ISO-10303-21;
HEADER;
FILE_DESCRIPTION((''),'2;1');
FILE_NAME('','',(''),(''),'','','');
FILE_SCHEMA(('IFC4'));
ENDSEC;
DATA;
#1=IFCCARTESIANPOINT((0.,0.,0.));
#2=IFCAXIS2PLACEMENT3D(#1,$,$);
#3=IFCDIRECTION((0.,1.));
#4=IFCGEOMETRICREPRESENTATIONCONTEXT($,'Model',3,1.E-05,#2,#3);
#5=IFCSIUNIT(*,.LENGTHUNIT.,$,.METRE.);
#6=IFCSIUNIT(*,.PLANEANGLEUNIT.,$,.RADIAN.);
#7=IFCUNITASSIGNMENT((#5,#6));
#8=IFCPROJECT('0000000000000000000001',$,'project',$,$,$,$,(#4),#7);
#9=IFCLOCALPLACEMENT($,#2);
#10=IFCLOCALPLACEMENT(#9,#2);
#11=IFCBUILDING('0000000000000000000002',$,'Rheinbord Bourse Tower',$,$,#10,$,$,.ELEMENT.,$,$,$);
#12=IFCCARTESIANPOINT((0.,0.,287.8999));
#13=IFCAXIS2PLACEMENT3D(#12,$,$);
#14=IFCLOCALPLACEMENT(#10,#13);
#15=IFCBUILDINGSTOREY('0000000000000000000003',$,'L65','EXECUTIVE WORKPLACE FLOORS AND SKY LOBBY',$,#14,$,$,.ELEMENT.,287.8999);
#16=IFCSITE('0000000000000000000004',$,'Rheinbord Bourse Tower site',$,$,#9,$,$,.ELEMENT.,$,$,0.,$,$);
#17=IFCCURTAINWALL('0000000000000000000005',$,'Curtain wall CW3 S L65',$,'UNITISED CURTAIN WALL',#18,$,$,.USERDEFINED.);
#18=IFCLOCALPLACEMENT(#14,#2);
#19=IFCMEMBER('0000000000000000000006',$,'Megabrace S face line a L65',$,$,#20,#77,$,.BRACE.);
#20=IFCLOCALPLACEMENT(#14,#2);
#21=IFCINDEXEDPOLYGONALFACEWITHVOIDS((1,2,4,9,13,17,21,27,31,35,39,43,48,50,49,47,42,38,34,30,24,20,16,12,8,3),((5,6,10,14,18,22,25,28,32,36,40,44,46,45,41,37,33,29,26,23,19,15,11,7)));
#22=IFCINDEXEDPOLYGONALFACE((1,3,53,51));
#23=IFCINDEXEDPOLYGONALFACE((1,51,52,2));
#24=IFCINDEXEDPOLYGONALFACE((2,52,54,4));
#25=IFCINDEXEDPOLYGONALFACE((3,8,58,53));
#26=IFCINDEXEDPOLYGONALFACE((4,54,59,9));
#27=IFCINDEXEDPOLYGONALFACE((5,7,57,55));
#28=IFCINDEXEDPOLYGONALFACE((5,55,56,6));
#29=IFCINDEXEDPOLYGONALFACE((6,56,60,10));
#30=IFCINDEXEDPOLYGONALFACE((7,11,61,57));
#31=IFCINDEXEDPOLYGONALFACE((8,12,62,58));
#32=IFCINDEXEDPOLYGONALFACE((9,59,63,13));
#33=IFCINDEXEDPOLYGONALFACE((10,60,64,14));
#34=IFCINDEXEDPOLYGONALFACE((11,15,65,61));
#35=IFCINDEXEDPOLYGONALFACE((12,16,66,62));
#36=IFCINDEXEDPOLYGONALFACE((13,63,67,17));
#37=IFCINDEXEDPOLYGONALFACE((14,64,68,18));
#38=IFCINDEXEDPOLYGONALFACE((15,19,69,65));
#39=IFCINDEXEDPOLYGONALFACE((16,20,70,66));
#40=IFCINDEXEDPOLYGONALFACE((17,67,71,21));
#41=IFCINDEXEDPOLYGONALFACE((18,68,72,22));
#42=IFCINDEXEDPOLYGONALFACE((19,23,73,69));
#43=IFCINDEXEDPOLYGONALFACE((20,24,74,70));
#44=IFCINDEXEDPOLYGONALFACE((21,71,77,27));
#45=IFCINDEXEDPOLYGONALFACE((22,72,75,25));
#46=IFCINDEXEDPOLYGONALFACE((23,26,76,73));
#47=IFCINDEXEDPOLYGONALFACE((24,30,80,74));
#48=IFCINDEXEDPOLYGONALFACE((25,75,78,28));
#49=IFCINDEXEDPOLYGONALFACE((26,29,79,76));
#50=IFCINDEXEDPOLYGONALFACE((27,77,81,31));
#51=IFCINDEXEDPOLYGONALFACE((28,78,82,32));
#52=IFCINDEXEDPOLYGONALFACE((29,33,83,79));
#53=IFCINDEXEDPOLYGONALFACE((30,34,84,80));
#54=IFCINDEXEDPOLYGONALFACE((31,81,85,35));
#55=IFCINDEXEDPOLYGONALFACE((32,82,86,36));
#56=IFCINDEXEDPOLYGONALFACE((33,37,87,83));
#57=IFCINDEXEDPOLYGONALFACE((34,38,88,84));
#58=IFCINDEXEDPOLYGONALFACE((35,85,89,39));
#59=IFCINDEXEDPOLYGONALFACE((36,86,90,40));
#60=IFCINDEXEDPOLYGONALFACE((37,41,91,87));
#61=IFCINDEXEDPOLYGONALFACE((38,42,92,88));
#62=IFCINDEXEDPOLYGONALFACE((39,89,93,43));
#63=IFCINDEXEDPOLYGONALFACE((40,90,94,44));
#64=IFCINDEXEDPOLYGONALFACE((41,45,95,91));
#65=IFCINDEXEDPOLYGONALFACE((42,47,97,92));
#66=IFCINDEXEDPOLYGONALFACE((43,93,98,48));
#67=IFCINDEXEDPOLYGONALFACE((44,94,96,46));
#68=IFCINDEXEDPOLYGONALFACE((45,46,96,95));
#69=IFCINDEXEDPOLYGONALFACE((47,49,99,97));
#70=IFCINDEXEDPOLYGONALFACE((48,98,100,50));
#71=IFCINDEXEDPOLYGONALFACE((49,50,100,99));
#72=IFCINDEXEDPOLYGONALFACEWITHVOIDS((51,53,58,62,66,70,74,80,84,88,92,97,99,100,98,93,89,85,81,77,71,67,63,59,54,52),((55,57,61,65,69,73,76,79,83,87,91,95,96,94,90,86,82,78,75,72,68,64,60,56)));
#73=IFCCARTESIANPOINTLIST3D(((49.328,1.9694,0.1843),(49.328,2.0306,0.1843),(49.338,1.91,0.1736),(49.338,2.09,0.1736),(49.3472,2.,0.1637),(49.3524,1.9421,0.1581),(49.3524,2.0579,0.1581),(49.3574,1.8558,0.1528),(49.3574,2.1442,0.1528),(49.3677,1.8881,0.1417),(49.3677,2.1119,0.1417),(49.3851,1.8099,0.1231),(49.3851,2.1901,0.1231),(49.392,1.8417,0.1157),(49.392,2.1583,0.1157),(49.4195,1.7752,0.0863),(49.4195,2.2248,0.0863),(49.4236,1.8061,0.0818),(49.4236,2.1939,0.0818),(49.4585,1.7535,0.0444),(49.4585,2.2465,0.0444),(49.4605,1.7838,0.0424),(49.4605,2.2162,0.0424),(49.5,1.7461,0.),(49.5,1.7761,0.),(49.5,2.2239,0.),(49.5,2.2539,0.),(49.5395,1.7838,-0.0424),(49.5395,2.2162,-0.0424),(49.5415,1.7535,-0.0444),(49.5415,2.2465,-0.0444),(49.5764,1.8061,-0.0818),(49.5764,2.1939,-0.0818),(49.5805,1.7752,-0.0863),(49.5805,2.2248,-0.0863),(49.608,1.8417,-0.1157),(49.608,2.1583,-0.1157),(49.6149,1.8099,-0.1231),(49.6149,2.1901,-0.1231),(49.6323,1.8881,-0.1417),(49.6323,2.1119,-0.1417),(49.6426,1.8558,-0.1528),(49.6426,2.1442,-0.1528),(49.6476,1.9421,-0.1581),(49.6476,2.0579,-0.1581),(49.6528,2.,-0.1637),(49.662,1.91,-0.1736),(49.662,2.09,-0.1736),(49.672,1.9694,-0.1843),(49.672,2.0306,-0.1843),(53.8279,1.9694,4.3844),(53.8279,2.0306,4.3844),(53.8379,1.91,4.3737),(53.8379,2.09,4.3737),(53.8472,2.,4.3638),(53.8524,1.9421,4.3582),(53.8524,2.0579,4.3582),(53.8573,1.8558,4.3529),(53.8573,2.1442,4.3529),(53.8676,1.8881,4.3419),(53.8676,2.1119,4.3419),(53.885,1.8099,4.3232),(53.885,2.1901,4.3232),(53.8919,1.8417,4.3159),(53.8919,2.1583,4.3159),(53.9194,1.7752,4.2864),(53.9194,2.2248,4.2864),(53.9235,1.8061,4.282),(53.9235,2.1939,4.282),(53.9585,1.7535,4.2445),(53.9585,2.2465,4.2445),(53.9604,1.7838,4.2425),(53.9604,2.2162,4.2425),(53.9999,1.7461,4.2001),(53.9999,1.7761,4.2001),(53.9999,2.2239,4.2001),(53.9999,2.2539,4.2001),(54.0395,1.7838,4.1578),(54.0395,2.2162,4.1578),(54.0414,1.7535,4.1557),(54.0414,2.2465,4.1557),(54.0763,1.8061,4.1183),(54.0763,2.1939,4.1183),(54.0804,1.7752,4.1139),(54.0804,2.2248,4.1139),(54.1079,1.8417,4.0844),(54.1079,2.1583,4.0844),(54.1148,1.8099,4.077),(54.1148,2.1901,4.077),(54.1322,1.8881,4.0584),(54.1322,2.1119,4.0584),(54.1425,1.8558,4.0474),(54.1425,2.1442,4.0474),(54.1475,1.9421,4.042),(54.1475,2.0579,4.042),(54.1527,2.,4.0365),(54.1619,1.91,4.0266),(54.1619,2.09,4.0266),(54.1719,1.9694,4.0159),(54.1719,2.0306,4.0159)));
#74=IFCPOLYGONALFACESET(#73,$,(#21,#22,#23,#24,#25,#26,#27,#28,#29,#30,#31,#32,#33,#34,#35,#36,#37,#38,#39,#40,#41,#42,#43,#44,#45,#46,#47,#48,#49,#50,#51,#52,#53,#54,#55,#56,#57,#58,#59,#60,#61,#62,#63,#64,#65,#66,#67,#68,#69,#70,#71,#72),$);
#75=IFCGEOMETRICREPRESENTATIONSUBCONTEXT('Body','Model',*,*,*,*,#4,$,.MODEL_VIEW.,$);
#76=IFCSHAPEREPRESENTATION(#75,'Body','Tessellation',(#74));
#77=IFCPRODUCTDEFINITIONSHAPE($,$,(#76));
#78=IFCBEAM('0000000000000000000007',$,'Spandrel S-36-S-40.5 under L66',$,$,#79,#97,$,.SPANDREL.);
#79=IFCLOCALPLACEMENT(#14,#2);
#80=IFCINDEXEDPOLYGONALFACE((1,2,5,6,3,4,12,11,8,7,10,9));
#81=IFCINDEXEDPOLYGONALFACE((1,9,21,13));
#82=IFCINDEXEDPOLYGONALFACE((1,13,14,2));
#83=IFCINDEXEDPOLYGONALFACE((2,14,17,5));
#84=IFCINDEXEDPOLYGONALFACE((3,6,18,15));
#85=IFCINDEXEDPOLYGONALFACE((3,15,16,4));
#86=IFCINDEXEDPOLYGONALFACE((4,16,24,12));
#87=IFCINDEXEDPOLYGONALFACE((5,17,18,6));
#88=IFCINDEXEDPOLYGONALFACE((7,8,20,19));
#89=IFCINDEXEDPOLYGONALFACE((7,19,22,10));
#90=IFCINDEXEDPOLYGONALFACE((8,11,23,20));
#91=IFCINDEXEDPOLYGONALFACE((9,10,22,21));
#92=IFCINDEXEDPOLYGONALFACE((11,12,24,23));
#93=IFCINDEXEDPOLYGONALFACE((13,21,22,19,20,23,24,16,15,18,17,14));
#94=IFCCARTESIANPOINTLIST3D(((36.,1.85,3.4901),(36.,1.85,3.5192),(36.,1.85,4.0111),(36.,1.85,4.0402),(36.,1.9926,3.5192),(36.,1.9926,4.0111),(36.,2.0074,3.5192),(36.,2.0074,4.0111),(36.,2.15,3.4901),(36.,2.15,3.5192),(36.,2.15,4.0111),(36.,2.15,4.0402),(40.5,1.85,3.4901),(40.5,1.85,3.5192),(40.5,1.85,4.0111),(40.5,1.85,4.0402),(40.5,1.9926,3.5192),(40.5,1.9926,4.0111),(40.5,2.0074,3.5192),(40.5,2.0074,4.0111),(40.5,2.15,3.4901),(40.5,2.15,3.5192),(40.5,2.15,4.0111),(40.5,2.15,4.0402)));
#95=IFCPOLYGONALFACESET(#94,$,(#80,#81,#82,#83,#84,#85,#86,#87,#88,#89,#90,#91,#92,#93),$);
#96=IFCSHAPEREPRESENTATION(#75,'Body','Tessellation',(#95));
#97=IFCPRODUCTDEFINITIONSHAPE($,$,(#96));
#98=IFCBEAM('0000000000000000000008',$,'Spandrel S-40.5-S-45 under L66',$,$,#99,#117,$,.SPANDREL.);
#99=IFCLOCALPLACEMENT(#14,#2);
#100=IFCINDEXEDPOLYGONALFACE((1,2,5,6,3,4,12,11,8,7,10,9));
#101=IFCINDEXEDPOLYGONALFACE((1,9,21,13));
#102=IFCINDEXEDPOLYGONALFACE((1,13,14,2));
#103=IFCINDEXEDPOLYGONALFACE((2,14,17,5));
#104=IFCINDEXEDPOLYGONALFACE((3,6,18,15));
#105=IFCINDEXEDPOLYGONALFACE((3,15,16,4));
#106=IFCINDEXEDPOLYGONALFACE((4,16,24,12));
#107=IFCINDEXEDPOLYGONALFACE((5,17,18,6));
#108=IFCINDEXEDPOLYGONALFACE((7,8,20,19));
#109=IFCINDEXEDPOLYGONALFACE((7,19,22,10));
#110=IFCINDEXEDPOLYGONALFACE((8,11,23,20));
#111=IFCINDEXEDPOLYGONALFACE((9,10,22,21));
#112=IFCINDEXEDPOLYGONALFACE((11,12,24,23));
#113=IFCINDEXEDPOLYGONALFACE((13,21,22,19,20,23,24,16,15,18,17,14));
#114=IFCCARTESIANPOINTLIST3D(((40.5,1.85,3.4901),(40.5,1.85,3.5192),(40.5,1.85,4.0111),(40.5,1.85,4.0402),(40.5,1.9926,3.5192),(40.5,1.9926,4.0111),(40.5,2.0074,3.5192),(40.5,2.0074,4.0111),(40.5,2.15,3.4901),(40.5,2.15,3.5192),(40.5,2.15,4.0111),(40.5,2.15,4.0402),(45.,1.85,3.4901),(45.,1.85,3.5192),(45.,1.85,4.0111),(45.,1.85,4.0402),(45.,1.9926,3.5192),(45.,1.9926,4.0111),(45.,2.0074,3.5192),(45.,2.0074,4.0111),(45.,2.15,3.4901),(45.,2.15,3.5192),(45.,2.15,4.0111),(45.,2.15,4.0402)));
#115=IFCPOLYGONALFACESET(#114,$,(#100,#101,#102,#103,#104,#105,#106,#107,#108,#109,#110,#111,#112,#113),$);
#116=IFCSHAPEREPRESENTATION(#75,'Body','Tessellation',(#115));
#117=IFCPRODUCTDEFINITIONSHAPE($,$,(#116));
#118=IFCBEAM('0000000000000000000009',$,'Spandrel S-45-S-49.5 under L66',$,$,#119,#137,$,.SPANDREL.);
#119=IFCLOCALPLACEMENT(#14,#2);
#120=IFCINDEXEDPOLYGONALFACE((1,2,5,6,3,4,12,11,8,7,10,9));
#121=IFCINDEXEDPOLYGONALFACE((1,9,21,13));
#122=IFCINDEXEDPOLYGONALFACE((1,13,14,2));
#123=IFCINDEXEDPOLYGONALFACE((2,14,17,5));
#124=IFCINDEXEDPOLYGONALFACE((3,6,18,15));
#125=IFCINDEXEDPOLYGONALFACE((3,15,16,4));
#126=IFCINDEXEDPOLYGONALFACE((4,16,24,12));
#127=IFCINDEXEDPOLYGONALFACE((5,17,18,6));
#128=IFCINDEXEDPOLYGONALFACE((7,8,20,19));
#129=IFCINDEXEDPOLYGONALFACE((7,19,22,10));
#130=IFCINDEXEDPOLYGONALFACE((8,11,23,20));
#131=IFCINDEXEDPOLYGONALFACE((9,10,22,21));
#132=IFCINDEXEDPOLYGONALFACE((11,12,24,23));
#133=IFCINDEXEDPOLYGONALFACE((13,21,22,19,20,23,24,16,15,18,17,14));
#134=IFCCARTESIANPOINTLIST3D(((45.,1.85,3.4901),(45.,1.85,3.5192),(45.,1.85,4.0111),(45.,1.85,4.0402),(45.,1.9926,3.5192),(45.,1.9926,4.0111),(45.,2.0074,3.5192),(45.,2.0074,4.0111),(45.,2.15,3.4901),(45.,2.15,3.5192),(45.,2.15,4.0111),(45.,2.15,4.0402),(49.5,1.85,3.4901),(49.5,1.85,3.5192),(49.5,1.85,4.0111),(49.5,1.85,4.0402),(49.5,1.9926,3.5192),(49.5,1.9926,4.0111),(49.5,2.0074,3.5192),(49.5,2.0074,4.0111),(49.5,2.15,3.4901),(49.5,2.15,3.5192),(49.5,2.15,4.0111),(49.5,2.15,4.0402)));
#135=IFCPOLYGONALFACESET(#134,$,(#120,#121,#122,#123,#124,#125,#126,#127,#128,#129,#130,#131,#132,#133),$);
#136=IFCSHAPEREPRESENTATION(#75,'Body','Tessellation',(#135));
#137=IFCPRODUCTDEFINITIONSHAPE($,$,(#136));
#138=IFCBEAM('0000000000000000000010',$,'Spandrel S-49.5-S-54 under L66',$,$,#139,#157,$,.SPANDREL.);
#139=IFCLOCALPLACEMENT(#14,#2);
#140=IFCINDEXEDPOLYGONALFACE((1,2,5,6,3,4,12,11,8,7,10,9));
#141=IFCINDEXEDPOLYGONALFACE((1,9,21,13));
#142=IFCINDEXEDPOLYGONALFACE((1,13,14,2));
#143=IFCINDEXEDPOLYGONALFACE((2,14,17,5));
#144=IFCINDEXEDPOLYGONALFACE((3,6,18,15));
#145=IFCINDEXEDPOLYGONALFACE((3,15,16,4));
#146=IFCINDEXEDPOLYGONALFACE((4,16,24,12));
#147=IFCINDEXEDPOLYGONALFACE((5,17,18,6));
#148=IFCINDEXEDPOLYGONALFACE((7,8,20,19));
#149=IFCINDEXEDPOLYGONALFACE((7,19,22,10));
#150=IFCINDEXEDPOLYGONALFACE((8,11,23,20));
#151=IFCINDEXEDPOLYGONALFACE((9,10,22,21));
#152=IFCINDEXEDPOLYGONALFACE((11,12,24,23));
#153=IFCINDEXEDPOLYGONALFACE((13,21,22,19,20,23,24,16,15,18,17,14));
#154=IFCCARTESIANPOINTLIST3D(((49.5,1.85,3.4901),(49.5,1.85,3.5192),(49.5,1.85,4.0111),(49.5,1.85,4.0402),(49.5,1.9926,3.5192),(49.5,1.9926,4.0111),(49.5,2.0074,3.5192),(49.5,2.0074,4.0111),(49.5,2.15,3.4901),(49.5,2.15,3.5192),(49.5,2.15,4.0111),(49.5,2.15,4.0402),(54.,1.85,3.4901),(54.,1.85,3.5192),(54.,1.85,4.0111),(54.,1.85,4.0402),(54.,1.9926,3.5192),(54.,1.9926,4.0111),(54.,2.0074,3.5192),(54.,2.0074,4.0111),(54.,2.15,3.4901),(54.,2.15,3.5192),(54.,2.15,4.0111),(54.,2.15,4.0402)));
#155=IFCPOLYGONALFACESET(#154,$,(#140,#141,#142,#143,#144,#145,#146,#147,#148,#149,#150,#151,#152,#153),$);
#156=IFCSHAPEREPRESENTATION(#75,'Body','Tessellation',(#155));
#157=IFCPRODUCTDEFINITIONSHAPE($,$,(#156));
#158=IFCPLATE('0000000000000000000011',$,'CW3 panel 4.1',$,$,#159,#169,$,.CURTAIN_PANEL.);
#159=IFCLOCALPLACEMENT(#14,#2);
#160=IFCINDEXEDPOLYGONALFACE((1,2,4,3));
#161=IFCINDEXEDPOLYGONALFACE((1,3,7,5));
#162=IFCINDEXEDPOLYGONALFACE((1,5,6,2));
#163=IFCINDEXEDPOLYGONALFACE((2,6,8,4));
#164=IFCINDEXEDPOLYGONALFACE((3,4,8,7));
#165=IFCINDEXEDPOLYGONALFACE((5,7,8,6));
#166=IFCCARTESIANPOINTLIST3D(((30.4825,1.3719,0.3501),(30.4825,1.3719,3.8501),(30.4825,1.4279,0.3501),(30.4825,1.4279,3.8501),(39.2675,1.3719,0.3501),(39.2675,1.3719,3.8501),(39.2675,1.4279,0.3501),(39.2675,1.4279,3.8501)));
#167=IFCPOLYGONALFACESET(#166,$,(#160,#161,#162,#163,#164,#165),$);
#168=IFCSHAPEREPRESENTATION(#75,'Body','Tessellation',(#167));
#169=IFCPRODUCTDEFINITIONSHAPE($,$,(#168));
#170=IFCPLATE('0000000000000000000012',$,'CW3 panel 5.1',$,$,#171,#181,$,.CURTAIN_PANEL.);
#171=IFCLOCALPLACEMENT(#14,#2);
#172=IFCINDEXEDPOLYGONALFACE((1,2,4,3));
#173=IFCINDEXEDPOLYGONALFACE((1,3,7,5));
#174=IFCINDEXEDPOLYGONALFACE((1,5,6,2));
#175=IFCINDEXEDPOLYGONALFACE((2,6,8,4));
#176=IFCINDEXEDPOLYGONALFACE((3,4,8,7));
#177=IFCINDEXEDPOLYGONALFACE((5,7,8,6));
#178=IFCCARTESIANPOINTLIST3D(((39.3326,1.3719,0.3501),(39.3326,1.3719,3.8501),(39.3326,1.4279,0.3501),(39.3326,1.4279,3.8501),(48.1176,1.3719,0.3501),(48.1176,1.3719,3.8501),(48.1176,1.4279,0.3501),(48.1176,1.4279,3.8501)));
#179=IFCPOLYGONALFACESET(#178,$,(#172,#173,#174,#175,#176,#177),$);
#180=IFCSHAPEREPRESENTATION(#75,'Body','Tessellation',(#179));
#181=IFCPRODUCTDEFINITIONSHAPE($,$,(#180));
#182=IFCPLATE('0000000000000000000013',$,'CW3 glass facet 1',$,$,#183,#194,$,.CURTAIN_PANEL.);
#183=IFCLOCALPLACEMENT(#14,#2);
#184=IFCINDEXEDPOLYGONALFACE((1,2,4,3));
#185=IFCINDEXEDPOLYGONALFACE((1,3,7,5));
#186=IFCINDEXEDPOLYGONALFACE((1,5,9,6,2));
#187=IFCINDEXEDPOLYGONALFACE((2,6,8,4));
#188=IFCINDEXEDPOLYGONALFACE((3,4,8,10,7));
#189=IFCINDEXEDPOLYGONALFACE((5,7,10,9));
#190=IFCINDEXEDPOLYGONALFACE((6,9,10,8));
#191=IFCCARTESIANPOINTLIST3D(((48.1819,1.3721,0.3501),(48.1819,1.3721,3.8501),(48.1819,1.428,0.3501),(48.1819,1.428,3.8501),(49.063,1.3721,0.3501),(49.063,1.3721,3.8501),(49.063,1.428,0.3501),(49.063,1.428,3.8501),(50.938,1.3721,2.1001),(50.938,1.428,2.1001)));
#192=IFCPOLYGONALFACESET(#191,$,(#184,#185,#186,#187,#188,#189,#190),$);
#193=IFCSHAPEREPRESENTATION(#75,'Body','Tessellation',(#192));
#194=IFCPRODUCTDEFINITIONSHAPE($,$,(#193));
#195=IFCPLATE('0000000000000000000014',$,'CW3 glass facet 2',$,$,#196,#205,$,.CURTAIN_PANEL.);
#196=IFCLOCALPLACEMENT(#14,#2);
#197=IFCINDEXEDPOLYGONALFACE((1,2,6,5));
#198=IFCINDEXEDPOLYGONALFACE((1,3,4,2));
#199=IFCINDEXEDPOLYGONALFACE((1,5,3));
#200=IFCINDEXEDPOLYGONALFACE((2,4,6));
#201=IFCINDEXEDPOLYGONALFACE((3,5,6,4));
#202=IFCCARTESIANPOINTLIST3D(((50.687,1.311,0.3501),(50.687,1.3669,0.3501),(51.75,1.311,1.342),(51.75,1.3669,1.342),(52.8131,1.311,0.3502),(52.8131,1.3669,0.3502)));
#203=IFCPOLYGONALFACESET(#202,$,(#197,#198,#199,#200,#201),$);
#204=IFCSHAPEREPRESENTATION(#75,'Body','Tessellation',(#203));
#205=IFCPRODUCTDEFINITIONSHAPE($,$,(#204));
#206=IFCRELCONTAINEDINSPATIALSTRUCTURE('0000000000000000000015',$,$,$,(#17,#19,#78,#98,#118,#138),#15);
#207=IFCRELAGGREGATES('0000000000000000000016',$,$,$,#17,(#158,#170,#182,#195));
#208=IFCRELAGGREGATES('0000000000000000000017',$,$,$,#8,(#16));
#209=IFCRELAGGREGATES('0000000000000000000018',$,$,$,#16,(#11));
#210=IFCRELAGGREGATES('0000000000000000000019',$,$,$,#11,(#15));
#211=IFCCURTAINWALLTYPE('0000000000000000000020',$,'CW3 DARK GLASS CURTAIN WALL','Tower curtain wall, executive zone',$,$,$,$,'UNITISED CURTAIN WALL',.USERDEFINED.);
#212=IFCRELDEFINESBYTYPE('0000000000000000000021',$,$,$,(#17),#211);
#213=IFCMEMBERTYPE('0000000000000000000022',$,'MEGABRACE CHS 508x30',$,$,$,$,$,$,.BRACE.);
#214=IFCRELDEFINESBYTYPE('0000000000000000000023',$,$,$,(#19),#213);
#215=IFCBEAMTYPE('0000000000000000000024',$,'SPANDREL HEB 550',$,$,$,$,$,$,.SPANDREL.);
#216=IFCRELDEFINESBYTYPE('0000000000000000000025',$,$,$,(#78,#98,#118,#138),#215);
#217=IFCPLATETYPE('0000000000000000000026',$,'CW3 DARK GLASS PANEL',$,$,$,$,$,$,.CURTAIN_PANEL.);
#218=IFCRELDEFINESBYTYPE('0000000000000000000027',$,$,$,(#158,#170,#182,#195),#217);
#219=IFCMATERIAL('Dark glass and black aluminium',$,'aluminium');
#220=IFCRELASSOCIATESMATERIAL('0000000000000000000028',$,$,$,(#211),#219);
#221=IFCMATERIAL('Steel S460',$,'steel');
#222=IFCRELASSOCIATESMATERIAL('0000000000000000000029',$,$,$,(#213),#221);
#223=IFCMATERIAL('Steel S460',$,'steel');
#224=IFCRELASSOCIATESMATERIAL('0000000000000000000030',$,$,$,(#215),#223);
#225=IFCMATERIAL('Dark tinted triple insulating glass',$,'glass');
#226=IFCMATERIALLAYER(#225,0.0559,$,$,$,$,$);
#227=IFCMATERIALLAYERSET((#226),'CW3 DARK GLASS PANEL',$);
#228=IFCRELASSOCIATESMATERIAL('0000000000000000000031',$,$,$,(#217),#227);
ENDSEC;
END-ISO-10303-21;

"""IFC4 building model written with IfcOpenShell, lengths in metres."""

from ifc_helpers import new_model, si_unit, direction, frame, origin, origin_2d, place, context, subcontext, project, spatial, polyline, rectangle, hollow_circle, i_section, outline, extrude, material, layer, layer_set, material_profile, profile_set, type_object, element, aggregate, save


model = new_model("IFC4")

# Units and contexts
model_context = context("Model", 3, precision=1e-05, world=origin(), true_north=direction((0.0, 1.0)))
body_context = subcontext(model_context, "Body", "Model", "MODEL_VIEW")
ifc_project = project(units=[si_unit("LENGTHUNIT", "METRE"), si_unit("PLANEANGLEUNIT", "RADIAN")], contexts=[model_context])

# Site, building, storey
site_placement = place(None, origin())
site = spatial("IfcSite", under=ifc_project, at=site_placement, Name="Rheinbord Bourse Tower site", CompositionType="ELEMENT", RefElevation=0.0)
building_placement = place(site_placement, origin())
building = spatial("IfcBuilding", under=site, at=building_placement, Name="Rheinbord Bourse Tower", CompositionType="ELEMENT")
storey_placement = place(building_placement, frame((0.0, 0.0, 287.8999)))
storey = spatial("IfcBuildingStorey", under=building, at=storey_placement, Name="L65", Description="EXECUTIVE WORKPLACE FLOORS AND SKY LOBBY", CompositionType="ELEMENT", Elevation=287.8999)

# Curtain wall
ifc_material_1 = material(Name="Dark glass and black aluminium", Category="aluminium")
curtain_wall_type = type_object("IfcCurtainWallType", Name="CW3 DARK GLASS CURTAIN WALL", Description="Tower curtain wall, executive zone", ElementType="UNITISED CURTAIN WALL", PredefinedType="USERDEFINED", material=ifc_material_1)
curtain_wall_placement = place(storey_placement, origin())
curtain_wall = element("IfcCurtainWall", 1, at=curtain_wall_placement, inside=storey, type_object=curtain_wall_type, Name="Curtain wall CW3 S L65", ObjectType="UNITISED CURTAIN WALL", PredefinedType="USERDEFINED")

# Member
ifc_material_2 = material(Name="Steel S460", Category="steel")
ifc_material_profile_1 = material_profile(ifc_material_2, hollow_circle(Radius=0.2539, WallThickness=0.03, at=origin_2d()), Name="CHS 508x30")
ifc_profile_set_1 = profile_set([ifc_material_profile_1], Name="Steel S460")
member_type_1 = type_object("IfcMemberType", Name="MEGABRACE CHS 508x30", PredefinedType="BRACE", material=ifc_profile_set_1)
member_1_placement = place(storey_placement, frame((49.5, 2.0, 0.0), z_axis=(0.731039, 0.0, 0.682335), x_axis=(0.0, 1.0, 0.0)))
element("IfcMember", 2, at=member_1_placement, inside=storey, type_object=member_type_1, Name="Megabrace S face line a L65", PredefinedType="BRACE", context=body_context, shape_type="SweptSolid", body=[
    extrude(hollow_circle(Radius=0.2539, WallThickness=0.03, at=origin_2d()), origin(), (0.0, 0.0, 1.0), 6.1555),
])

# Beams
ifc_material_3 = material(Name="Steel S460", Category="steel")
ifc_material_profile_2 = material_profile(ifc_material_3, i_section(OverallWidth=0.3, OverallDepth=0.55, WebThickness=0.0149, FlangeThickness=0.0291, at=origin_2d()), Name="HEB 550")
ifc_profile_set_2 = profile_set([ifc_material_profile_2], Name="Steel S460")
beam_type_1 = type_object("IfcBeamType", Name="SPANDREL HEB 550", PredefinedType="SPANDREL", material=ifc_profile_set_2)
for number, where, z_axis, x_axis, name in (
    (3, (36.0, 2.0, 3.7651), (1.0, 0.0, 0.0), (0.0, 1.0, 0.0), "Spandrel S-36-S-40.5 under L66"),
    (4, (40.5, 2.0, 3.7651), (1.0, 0.0, 0.0), (0.0, 1.0, 0.0), "Spandrel S-40.5-S-45 under L66"),
    (5, (45.0, 2.0, 3.7651), (1.0, 0.0, 0.0), (0.0, 1.0, 0.0), "Spandrel S-45-S-49.5 under L66"),
    (6, (49.5, 2.0, 3.7651), (1.0, 0.0, 0.0), (0.0, 1.0, 0.0), "Spandrel S-49.5-S-54 under L66"),
):
    element("IfcBeam", number, at=place(storey_placement, frame(where, z_axis=z_axis, x_axis=x_axis)), inside=storey, type_object=beam_type_1, Name=name, PredefinedType="SPANDREL", context=body_context, shape_type="SweptSolid", body=[
        extrude(i_section(OverallWidth=0.3, OverallDepth=0.55, WebThickness=0.0149, FlangeThickness=0.0291, at=origin_2d()), origin(), (0.0, 0.0, 1.0), 4.5),
    ])

# Plates
ifc_material_4 = material(Name="Dark tinted triple insulating glass", Category="glass")
ifc_layer = layer(ifc_material_4, 0.0559)
ifc_layer_set = layer_set([ifc_layer], Name="CW3 DARK GLASS PANEL")
plate_type = type_object("IfcPlateType", Name="CW3 DARK GLASS PANEL", PredefinedType="CURTAIN_PANEL", material=ifc_layer_set)
plate_1_placement = place(storey_placement, frame((34.875, 1.3999, 0.3501), z_axis=(0.0, 0.0, 1.0), x_axis=(1.0, 0.0, 0.0)))
plate_1 = element("IfcPlate", 7, at=plate_1_placement, type_object=plate_type, Name="CW3 panel 4.1", PredefinedType="CURTAIN_PANEL", context=body_context, shape_type="SweptSolid", body=[
    extrude(rectangle(XDim=8.7849, YDim=0.0559, at=origin_2d()), origin(), (0.0, 0.0, 1.0), 3.5),
])
plate_2_placement = place(storey_placement, frame((43.7251, 1.3999, 0.3501), z_axis=(0.0, 0.0, 1.0), x_axis=(1.0, 0.0, 0.0)))
plate_2 = element("IfcPlate", 8, at=plate_2_placement, type_object=plate_type, Name="CW3 panel 5.1", PredefinedType="CURTAIN_PANEL", context=body_context, shape_type="SweptSolid", body=[
    extrude(rectangle(XDim=8.7849, YDim=0.0559, at=origin_2d()), origin(), (0.0, 0.0, 1.0), 3.5),
])
plate_3_placement = place(storey_placement, frame((48.1819, 1.3721, 0.3501), z_axis=(0.0, 1.0, 0.0), x_axis=(0.0, 0.0, 1.0)))
plate_3 = element("IfcPlate", 9, at=plate_3_placement, type_object=plate_type, Name="CW3 glass facet 1", PredefinedType="CURTAIN_PANEL", context=body_context, shape_type="SweptSolid", body=[
    extrude(outline(polyline([(0.0, 0.0), (3.5, 0.0), (3.5, 0.8811), (1.75, 2.7561), (0.0, 0.8811), (0.0, 0.0)])), origin(), (0.0, 0.0, 1.0), 0.0559),
])
plate_4_placement = place(storey_placement, frame((50.687, 1.311, 0.3501), z_axis=(0.0, 1.0, 0.0), x_axis=(0.731117, 0.0, 0.682252)))
plate_4 = element("IfcPlate", 10, at=plate_4_placement, type_object=plate_type, Name="CW3 glass facet 2", PredefinedType="CURTAIN_PANEL", context=body_context, shape_type="SweptSolid", body=[
    extrude(outline(polyline([(0.0, 0.0), (1.4539, 0.0), (1.5544, 1.4504), (0.0, 0.0)])), origin(), (0.0, 0.0, 1.0), 0.0559),
])
aggregate(curtain_wall, [plate_1, plate_2, plate_3, plate_4])

save(model, "model.ifc")
